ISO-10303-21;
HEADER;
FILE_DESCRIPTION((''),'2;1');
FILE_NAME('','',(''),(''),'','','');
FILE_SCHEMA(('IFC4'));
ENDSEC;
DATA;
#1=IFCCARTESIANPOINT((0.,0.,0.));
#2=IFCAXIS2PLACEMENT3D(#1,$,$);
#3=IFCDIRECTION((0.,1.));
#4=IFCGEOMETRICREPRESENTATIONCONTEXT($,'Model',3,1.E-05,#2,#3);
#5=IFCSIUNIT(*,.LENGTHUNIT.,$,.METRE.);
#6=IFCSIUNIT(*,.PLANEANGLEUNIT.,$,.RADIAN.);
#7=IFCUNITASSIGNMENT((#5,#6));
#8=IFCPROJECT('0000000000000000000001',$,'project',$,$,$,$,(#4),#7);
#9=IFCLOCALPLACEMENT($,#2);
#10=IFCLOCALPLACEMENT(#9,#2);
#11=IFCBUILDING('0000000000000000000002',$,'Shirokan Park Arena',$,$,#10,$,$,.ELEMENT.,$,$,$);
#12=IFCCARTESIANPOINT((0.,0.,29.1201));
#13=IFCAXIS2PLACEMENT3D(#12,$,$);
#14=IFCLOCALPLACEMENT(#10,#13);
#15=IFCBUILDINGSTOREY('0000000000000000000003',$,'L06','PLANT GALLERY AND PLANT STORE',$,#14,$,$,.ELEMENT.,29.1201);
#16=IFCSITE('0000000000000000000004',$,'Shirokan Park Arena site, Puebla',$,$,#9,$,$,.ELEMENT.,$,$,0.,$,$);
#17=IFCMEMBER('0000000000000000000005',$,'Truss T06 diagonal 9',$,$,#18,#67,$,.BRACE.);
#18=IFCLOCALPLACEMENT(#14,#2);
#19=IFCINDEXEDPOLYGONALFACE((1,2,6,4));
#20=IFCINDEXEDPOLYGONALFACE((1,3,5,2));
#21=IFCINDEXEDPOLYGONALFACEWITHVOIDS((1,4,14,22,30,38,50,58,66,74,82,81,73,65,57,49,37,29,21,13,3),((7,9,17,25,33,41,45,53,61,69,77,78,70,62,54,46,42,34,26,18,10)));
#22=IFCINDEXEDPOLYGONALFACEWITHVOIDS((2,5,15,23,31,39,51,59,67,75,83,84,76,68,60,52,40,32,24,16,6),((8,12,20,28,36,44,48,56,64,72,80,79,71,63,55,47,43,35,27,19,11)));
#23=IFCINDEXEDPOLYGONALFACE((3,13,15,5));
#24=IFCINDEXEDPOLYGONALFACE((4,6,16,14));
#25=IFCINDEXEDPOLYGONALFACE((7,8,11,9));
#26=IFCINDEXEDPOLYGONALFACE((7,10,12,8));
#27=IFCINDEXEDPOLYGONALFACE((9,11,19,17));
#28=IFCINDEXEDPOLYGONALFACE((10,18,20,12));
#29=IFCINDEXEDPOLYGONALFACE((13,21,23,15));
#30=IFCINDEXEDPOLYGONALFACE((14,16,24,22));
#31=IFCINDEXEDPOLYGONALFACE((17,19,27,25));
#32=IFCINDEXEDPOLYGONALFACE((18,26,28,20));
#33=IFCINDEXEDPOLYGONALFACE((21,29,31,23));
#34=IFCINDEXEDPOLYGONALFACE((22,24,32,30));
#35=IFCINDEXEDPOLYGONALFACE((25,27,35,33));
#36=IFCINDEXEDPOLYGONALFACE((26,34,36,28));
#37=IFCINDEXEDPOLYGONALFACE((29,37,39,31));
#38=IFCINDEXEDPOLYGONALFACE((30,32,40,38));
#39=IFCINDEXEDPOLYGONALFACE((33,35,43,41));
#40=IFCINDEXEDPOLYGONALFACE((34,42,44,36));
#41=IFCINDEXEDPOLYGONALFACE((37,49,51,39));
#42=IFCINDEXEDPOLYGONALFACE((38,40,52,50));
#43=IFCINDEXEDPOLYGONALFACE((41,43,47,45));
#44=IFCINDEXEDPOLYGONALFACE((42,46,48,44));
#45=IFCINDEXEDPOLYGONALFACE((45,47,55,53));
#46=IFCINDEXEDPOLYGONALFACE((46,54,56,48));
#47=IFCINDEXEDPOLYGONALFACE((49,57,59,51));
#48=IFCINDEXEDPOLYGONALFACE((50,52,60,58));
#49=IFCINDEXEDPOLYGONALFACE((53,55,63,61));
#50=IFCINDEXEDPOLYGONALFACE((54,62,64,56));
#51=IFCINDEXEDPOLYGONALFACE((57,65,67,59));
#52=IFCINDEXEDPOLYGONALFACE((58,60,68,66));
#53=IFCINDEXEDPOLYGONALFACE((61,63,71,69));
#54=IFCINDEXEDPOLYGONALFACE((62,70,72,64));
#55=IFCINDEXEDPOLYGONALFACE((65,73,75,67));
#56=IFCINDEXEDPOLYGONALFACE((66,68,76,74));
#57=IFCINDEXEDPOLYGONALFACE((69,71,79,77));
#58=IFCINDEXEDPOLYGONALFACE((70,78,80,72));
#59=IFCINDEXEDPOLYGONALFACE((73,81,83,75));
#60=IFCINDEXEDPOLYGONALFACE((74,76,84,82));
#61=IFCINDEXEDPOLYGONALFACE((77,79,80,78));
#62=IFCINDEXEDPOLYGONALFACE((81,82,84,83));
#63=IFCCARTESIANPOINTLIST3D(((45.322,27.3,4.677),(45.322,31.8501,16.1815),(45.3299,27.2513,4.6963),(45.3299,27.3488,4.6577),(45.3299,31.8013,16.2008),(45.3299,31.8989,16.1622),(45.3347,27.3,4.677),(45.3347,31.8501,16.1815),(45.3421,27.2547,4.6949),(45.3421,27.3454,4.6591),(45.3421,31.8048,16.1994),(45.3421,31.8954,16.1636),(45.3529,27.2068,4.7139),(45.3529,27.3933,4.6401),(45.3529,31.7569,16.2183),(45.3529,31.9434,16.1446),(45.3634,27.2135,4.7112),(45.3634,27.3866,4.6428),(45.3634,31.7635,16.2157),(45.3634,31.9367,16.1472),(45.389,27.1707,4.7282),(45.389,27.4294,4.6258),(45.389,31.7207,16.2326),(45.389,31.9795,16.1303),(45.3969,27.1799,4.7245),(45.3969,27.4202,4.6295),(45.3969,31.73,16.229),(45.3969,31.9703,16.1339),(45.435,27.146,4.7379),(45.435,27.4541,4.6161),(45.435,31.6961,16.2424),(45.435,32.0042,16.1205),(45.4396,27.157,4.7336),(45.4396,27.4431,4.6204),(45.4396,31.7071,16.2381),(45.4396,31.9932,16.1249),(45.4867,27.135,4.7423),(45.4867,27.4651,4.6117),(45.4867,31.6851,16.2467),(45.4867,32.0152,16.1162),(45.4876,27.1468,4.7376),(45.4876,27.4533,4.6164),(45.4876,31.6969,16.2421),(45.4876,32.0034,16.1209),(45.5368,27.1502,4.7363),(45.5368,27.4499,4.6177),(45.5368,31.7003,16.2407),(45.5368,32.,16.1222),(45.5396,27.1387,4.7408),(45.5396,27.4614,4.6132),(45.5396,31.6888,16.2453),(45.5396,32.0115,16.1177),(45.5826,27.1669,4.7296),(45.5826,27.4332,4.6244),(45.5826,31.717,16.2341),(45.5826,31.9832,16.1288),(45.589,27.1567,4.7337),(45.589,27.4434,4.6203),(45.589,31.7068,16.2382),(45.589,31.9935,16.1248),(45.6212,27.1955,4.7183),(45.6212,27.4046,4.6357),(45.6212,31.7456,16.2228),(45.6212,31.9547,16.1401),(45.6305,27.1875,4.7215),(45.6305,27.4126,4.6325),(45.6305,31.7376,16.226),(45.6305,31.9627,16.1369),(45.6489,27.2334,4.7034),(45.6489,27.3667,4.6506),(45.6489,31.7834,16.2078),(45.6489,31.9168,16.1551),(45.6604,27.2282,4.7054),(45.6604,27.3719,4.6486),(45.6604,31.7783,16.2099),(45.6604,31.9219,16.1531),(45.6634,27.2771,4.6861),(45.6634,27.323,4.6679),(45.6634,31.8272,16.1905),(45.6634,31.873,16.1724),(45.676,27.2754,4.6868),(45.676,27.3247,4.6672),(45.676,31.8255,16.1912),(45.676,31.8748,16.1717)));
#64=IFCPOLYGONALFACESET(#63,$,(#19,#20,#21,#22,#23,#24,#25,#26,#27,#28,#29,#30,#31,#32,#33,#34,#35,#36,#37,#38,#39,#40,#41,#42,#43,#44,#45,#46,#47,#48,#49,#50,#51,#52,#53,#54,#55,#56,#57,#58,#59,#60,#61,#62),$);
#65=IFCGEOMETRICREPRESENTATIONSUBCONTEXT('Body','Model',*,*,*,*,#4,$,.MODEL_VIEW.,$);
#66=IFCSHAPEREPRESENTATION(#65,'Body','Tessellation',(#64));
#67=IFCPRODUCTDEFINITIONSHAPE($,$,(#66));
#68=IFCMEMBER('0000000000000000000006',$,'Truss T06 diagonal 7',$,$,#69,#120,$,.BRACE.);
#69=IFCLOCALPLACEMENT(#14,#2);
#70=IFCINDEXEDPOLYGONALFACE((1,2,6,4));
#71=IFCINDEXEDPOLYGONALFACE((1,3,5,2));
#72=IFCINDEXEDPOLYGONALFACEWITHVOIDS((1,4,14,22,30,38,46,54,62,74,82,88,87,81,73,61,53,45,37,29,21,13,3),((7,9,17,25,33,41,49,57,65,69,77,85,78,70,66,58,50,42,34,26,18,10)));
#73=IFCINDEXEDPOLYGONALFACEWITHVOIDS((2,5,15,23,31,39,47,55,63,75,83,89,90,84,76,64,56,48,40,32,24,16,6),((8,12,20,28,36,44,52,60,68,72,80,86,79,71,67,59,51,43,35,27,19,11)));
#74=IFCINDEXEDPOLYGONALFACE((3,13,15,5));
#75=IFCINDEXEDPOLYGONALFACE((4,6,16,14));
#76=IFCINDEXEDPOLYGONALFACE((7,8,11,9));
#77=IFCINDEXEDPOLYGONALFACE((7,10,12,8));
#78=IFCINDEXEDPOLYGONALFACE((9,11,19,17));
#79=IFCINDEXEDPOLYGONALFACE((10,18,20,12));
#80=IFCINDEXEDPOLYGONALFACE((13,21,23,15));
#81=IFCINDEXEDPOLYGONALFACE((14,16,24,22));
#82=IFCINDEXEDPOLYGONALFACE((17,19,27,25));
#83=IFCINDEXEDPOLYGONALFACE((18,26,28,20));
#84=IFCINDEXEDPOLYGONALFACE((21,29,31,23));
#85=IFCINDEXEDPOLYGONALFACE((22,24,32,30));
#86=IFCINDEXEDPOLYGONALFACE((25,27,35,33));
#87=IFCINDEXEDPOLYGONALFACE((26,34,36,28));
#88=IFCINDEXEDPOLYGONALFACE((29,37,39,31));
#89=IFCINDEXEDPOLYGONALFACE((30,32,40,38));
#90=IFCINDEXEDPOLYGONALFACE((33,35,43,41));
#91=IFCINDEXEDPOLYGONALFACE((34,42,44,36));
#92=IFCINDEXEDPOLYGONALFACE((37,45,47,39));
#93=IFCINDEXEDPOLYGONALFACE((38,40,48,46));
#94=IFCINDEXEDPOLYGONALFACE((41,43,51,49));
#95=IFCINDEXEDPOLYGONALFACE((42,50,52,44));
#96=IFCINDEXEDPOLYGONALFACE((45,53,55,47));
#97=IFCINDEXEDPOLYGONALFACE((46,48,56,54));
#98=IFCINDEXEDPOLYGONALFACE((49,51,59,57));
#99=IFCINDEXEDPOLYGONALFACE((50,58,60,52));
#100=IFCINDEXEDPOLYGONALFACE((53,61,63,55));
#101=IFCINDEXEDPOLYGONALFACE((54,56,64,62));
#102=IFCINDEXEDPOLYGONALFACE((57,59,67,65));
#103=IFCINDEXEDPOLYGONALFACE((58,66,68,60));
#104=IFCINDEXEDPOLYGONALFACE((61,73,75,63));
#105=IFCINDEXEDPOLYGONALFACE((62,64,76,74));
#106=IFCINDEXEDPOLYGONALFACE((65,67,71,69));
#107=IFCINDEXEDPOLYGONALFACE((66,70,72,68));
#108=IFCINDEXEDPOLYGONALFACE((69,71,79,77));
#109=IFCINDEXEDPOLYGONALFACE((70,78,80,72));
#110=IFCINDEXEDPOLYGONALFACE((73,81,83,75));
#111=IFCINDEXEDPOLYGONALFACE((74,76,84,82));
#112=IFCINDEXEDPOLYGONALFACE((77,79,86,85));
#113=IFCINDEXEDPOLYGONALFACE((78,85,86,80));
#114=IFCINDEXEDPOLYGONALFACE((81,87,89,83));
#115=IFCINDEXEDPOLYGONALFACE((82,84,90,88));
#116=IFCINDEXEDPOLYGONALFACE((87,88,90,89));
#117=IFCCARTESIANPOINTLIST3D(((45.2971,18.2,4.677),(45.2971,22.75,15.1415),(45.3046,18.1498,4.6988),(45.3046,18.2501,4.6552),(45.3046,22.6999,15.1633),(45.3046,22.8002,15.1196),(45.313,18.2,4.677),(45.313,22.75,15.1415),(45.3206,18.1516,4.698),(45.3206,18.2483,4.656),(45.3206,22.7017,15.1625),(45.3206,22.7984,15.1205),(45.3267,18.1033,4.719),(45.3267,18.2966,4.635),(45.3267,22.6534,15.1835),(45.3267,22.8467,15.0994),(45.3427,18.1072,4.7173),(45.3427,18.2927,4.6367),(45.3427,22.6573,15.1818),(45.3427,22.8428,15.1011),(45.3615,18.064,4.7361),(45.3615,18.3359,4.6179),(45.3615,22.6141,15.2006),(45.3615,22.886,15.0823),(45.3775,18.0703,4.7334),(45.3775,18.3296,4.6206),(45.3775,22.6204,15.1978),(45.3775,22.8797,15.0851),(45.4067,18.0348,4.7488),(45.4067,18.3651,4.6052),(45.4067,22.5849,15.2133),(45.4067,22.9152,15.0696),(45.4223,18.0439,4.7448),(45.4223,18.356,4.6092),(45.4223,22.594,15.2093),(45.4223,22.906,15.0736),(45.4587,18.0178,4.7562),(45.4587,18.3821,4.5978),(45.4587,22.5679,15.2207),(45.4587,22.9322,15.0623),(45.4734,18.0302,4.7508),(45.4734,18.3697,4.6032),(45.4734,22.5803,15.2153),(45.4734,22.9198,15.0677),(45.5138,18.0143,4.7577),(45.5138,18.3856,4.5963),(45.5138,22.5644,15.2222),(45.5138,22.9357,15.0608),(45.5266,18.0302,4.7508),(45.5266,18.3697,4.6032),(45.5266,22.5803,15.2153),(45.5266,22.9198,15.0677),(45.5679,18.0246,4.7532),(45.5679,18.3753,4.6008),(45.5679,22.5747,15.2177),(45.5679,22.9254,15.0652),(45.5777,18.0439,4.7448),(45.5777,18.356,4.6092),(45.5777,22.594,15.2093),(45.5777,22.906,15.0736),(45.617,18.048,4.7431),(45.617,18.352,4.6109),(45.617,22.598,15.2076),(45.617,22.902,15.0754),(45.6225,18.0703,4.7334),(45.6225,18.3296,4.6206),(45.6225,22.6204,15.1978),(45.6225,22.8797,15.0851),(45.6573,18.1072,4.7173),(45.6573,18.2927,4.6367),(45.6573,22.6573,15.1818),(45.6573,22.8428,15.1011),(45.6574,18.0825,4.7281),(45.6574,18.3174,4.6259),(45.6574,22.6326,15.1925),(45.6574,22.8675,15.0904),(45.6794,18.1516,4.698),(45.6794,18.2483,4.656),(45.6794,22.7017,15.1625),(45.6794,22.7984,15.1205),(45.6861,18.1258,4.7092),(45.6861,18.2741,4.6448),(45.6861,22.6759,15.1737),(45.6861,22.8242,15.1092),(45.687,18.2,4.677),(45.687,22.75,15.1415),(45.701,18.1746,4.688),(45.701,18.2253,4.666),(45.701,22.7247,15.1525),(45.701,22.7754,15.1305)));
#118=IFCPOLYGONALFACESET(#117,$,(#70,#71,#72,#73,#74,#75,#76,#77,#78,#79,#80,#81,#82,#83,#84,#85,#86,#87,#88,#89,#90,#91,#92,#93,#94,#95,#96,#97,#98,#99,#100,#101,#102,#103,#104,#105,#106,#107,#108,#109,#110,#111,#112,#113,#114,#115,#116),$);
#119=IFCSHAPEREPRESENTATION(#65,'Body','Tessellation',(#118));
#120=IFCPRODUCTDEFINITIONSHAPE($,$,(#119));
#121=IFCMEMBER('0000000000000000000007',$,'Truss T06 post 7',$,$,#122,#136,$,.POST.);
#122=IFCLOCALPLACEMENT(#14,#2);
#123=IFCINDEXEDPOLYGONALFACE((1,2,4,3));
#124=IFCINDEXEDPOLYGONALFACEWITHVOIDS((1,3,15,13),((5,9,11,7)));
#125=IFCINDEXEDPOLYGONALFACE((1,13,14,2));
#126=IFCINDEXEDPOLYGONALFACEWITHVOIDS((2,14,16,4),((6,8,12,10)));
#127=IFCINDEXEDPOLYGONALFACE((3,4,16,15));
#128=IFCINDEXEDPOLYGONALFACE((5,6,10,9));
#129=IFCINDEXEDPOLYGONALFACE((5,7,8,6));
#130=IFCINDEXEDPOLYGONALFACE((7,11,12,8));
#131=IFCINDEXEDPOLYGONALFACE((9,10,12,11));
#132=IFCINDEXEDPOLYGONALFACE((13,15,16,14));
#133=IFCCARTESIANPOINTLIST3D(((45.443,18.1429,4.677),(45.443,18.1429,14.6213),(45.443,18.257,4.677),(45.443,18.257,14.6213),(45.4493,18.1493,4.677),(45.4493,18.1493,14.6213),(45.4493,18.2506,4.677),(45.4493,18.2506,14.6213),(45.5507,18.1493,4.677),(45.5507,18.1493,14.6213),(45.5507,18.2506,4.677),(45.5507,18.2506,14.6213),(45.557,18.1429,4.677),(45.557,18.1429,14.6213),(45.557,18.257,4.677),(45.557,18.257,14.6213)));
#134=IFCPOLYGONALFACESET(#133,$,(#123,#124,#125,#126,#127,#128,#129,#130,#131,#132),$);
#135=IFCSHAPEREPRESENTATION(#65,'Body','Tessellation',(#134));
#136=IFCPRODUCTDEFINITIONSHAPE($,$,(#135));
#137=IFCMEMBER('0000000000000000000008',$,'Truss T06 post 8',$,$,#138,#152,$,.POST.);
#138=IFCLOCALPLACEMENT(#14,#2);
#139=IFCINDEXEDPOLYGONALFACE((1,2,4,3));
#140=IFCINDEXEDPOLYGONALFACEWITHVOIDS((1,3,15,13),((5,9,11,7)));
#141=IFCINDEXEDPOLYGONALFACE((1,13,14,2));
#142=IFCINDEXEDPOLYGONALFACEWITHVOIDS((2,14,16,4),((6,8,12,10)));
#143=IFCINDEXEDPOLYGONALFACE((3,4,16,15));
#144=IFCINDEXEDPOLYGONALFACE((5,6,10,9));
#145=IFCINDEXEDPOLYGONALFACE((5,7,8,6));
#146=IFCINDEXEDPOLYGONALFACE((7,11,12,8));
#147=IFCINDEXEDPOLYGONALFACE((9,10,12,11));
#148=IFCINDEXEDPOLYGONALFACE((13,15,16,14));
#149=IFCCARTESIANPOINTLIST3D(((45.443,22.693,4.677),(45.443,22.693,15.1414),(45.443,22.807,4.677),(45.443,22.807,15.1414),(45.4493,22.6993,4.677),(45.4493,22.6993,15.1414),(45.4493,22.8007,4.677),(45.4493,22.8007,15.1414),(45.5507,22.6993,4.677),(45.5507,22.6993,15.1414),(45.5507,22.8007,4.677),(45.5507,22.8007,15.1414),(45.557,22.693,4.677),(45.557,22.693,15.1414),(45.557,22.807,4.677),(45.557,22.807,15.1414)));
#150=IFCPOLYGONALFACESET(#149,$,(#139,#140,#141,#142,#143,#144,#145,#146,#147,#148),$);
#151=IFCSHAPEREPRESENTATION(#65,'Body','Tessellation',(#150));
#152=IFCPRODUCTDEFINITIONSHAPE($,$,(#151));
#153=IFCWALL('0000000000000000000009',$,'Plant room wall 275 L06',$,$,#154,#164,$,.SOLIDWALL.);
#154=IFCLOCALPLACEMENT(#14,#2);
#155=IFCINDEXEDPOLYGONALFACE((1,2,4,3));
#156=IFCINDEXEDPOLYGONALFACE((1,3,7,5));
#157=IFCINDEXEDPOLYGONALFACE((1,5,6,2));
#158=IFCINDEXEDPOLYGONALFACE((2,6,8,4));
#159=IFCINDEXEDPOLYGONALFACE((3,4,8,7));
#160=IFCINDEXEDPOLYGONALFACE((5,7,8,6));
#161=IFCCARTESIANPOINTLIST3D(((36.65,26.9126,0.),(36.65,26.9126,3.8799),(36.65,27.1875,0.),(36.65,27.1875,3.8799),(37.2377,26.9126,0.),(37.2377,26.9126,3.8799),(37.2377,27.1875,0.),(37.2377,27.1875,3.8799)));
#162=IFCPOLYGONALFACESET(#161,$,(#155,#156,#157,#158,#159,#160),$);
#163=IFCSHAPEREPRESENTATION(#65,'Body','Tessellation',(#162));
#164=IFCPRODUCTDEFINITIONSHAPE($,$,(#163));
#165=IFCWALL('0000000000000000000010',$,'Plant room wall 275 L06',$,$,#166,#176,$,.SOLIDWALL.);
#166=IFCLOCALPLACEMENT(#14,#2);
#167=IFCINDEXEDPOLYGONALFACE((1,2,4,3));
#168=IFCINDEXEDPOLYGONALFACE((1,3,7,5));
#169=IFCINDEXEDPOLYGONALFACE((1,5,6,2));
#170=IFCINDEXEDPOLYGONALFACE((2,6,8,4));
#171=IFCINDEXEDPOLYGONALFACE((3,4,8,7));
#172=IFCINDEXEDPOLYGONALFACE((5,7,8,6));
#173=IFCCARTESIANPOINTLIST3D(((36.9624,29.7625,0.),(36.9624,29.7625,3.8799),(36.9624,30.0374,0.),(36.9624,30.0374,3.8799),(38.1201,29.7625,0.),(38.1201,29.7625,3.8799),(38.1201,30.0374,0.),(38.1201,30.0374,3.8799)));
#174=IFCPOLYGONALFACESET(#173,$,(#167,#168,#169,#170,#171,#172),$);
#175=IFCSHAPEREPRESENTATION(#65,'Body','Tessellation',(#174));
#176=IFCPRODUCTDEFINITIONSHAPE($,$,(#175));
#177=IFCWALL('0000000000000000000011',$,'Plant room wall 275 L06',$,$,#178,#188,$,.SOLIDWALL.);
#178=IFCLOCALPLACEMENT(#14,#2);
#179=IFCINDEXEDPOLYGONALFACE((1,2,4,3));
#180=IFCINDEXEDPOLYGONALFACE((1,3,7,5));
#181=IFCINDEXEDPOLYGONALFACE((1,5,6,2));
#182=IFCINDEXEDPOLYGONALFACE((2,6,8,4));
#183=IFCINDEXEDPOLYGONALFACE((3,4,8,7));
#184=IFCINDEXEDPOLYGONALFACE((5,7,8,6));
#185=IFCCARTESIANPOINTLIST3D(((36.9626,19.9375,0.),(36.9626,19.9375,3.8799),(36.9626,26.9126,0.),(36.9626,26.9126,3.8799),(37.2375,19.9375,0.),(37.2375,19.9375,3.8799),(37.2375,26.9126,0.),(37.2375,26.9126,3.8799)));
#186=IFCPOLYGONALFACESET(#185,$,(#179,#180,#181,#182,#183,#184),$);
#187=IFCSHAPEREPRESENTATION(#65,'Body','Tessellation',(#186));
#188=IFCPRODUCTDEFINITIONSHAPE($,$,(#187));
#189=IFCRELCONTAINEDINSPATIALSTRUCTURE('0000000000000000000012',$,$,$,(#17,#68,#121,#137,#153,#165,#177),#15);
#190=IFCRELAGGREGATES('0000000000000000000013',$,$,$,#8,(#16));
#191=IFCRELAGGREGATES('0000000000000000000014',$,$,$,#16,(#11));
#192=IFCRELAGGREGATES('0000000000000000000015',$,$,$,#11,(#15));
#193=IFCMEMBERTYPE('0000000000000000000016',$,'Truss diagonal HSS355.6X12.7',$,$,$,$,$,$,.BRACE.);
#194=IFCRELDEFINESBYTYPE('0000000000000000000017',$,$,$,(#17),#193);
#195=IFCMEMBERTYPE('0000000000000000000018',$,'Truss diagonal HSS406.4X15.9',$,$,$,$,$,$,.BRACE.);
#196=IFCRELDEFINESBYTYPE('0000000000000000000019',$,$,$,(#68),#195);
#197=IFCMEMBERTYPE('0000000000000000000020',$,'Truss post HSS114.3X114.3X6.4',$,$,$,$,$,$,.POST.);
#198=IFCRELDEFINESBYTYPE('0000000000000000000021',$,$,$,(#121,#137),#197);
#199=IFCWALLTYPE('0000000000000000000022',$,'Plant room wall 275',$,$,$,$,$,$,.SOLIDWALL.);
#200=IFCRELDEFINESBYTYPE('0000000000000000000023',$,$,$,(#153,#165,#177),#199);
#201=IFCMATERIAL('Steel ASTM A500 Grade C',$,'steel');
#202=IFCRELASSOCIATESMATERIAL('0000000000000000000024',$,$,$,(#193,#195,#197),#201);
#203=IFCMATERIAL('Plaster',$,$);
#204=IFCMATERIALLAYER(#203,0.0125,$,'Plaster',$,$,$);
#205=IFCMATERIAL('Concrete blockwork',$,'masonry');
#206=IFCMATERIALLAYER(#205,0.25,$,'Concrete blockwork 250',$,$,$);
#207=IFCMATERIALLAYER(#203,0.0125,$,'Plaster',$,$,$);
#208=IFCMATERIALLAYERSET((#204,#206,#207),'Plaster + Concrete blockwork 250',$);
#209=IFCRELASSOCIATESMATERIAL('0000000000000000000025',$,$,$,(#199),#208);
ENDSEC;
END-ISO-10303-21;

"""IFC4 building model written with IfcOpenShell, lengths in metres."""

from ifc_helpers import new_model, si_unit, direction, frame, frame_2d, origin, origin_2d, place, context, subcontext, project, spatial, rectangle, hollow_rectangle, hollow_circle, extrude, material, layer, layer_set, material_profile, profile_set, type_object, element, save


model = new_model("IFC4")

# Units and contexts
model_context = context("Model", 3, precision=1e-05, world=origin(), true_north=direction((0.0, 1.0)))
body_context = subcontext(model_context, "Body", "Model", "MODEL_VIEW")
ifc_project = project(units=[si_unit("LENGTHUNIT", "METRE"), si_unit("PLANEANGLEUNIT", "RADIAN")], contexts=[model_context])

# Site, building, storey
site_placement = place(None, origin())
site = spatial("IfcSite", under=ifc_project, at=site_placement, Name="Shirokan Park Arena site, Puebla", CompositionType="ELEMENT", RefElevation=0.0)
building_placement = place(site_placement, origin())
building = spatial("IfcBuilding", under=site, at=building_placement, Name="Shirokan Park Arena", CompositionType="ELEMENT")
storey_placement = place(building_placement, frame((0.0, 0.0, 29.1201)))
storey = spatial("IfcBuildingStorey", under=building, at=storey_placement, Name="L06", Description="PLANT GALLERY AND PLANT STORE", CompositionType="ELEMENT", Elevation=29.1201)

# Members
ifc_material_1 = material(Name="Steel ASTM A500 Grade C", Category="steel")
ifc_material_profile_1 = material_profile(ifc_material_1, hollow_circle(Radius=0.178, WallThickness=0.0127, at=origin_2d()), Name="HSS355.6X12.7")
ifc_profile_set_1 = profile_set([ifc_material_profile_1], Name="Steel ASTM A500 Grade C")
member_type_1 = type_object("IfcMemberType", Name="Truss diagonal HSS355.6X12.7", PredefinedType="BRACE", material=ifc_profile_set_1)
member_1_placement = place(storey_placement, frame((45.5, 27.3, 4.677), z_axis=(0.0, 0.367785, 0.929911), x_axis=(-1.0, 0.0, 0.0)))
element("IfcMember", 1, at=member_1_placement, inside=storey, type_object=member_type_1, Name="Truss T06 diagonal 9", PredefinedType="BRACE", context=body_context, shape_type="SweptSolid", body=[
    extrude(hollow_circle(Radius=0.178, WallThickness=0.0127, at=origin_2d()), origin(), (0.0, 0.0, 1.0), 12.3716),
])
ifc_material_profile_2 = material_profile(ifc_material_1, hollow_circle(Radius=0.2029, WallThickness=0.0159, at=origin_2d()), Name="HSS406.4X15.9")
ifc_profile_set_2 = profile_set([ifc_material_profile_2], Name="Steel ASTM A500 Grade C")
member_type_2 = type_object("IfcMemberType", Name="Truss diagonal HSS406.4X15.9", PredefinedType="BRACE", material=ifc_profile_set_2)
member_2_placement = place(storey_placement, frame((45.5, 18.2, 4.677), z_axis=(0.0, 0.39875, 0.91706), x_axis=(-1.0, 0.0, 0.0)))
element("IfcMember", 2, at=member_2_placement, inside=storey, type_object=member_type_2, Name="Truss T06 diagonal 7", PredefinedType="BRACE", context=body_context, shape_type="SweptSolid", body=[
    extrude(hollow_circle(Radius=0.2029, WallThickness=0.0159, at=origin_2d()), origin(), (0.0, 0.0, 1.0), 11.4109),
])
ifc_material_profile_3 = material_profile(ifc_material_1, hollow_rectangle(XDim=0.114, YDim=0.114, WallThickness=0.0063, at=origin_2d()), Name="HSS114.3X114.3X6.4")
ifc_profile_set_3 = profile_set([ifc_material_profile_3], Name="Steel ASTM A500 Grade C")
member_type_3 = type_object("IfcMemberType", Name="Truss post HSS114.3X114.3X6.4", PredefinedType="POST", material=ifc_profile_set_3)
member_3_placement = place(storey_placement, frame((45.5, 18.2, 4.677), z_axis=(0.0, 0.0, 1.0), x_axis=(1.0, 0.0, 0.0)))
element("IfcMember", 3, at=member_3_placement, inside=storey, type_object=member_type_3, Name="Truss T06 post 7", PredefinedType="POST", context=body_context, shape_type="SweptSolid", body=[
    extrude(hollow_rectangle(XDim=0.114, YDim=0.114, WallThickness=0.0063, at=origin_2d()), origin(), (0.0, 0.0, 1.0), 9.9443),
])
member_4_placement = place(storey_placement, frame((45.5, 22.75, 4.677), z_axis=(0.0, 0.0, 1.0), x_axis=(1.0, 0.0, 0.0)))
element("IfcMember", 4, at=member_4_placement, inside=storey, type_object=member_type_3, Name="Truss T06 post 8", PredefinedType="POST", context=body_context, shape_type="SweptSolid", body=[
    extrude(hollow_rectangle(XDim=0.114, YDim=0.114, WallThickness=0.0063, at=origin_2d()), origin(), (0.0, 0.0, 1.0), 10.4644),
])

# Wall
ifc_material_2 = material(Name="Plaster")
ifc_layer_1 = layer(ifc_material_2, 0.0125, Name="Plaster")
ifc_material_3 = material(Name="Concrete blockwork", Category="masonry")
ifc_layer_2 = layer(ifc_material_3, 0.25, Name="Concrete blockwork 250")
ifc_layer_3 = layer(ifc_material_2, 0.0125, Name="Plaster")
ifc_layer_set_1 = layer_set([ifc_layer_1, ifc_layer_2, ifc_layer_3], Name="Plaster + Concrete blockwork 250")
wall_type_1 = type_object("IfcWallType", Name="Plant room wall 275", PredefinedType="SOLIDWALL", material=ifc_layer_set_1)
wall_1_placement = place(storey_placement, frame((36.6499, 27.05, 0.0), z_axis=(0.0, 0.0, 1.0), x_axis=(1.0, 0.0, 0.0)))
element("IfcWall", 5, at=wall_1_placement, inside=storey, type_object=wall_type_1, Name="Plant room wall 275 L06", PredefinedType="SOLIDWALL", context=body_context, shape_type="SweptSolid", body=[
    extrude(rectangle(XDim=0.5876, YDim=0.2749, at=frame_2d((0.2939, 0.0))), origin(), (0.0, 0.0, 1.0), 3.8799),
])

# Walls
wall_2_placement = place(storey_placement, frame((36.9624, 29.8999, 0.0), z_axis=(0.0, 0.0, 1.0), x_axis=(1.0, 0.0, 0.0)))
element("IfcWall", 6, at=wall_2_placement, inside=storey, type_object=wall_type_1, Name="Plant room wall 275 L06", PredefinedType="SOLIDWALL", context=body_context, shape_type="SweptSolid", body=[
    extrude(rectangle(XDim=1.1577, YDim=0.2749, at=frame_2d((0.5789, 0.0))), origin(), (0.0, 0.0, 1.0), 3.8799),
])
wall_3_placement = place(storey_placement, frame((37.1001, 26.9126, 0.0), z_axis=(0.0, 0.0, 1.0), x_axis=(0.0, -1.0, 0.0)))
element("IfcWall", 7, at=wall_3_placement, inside=storey, type_object=wall_type_1, Name="Plant room wall 275 L06", PredefinedType="SOLIDWALL", context=body_context, shape_type="SweptSolid", body=[
    extrude(rectangle(XDim=6.9751, YDim=0.2749, at=frame_2d((3.4875, 0.0))), origin(), (0.0, 0.0, 1.0), 3.8799),
])

save(model, "model.ifc")
